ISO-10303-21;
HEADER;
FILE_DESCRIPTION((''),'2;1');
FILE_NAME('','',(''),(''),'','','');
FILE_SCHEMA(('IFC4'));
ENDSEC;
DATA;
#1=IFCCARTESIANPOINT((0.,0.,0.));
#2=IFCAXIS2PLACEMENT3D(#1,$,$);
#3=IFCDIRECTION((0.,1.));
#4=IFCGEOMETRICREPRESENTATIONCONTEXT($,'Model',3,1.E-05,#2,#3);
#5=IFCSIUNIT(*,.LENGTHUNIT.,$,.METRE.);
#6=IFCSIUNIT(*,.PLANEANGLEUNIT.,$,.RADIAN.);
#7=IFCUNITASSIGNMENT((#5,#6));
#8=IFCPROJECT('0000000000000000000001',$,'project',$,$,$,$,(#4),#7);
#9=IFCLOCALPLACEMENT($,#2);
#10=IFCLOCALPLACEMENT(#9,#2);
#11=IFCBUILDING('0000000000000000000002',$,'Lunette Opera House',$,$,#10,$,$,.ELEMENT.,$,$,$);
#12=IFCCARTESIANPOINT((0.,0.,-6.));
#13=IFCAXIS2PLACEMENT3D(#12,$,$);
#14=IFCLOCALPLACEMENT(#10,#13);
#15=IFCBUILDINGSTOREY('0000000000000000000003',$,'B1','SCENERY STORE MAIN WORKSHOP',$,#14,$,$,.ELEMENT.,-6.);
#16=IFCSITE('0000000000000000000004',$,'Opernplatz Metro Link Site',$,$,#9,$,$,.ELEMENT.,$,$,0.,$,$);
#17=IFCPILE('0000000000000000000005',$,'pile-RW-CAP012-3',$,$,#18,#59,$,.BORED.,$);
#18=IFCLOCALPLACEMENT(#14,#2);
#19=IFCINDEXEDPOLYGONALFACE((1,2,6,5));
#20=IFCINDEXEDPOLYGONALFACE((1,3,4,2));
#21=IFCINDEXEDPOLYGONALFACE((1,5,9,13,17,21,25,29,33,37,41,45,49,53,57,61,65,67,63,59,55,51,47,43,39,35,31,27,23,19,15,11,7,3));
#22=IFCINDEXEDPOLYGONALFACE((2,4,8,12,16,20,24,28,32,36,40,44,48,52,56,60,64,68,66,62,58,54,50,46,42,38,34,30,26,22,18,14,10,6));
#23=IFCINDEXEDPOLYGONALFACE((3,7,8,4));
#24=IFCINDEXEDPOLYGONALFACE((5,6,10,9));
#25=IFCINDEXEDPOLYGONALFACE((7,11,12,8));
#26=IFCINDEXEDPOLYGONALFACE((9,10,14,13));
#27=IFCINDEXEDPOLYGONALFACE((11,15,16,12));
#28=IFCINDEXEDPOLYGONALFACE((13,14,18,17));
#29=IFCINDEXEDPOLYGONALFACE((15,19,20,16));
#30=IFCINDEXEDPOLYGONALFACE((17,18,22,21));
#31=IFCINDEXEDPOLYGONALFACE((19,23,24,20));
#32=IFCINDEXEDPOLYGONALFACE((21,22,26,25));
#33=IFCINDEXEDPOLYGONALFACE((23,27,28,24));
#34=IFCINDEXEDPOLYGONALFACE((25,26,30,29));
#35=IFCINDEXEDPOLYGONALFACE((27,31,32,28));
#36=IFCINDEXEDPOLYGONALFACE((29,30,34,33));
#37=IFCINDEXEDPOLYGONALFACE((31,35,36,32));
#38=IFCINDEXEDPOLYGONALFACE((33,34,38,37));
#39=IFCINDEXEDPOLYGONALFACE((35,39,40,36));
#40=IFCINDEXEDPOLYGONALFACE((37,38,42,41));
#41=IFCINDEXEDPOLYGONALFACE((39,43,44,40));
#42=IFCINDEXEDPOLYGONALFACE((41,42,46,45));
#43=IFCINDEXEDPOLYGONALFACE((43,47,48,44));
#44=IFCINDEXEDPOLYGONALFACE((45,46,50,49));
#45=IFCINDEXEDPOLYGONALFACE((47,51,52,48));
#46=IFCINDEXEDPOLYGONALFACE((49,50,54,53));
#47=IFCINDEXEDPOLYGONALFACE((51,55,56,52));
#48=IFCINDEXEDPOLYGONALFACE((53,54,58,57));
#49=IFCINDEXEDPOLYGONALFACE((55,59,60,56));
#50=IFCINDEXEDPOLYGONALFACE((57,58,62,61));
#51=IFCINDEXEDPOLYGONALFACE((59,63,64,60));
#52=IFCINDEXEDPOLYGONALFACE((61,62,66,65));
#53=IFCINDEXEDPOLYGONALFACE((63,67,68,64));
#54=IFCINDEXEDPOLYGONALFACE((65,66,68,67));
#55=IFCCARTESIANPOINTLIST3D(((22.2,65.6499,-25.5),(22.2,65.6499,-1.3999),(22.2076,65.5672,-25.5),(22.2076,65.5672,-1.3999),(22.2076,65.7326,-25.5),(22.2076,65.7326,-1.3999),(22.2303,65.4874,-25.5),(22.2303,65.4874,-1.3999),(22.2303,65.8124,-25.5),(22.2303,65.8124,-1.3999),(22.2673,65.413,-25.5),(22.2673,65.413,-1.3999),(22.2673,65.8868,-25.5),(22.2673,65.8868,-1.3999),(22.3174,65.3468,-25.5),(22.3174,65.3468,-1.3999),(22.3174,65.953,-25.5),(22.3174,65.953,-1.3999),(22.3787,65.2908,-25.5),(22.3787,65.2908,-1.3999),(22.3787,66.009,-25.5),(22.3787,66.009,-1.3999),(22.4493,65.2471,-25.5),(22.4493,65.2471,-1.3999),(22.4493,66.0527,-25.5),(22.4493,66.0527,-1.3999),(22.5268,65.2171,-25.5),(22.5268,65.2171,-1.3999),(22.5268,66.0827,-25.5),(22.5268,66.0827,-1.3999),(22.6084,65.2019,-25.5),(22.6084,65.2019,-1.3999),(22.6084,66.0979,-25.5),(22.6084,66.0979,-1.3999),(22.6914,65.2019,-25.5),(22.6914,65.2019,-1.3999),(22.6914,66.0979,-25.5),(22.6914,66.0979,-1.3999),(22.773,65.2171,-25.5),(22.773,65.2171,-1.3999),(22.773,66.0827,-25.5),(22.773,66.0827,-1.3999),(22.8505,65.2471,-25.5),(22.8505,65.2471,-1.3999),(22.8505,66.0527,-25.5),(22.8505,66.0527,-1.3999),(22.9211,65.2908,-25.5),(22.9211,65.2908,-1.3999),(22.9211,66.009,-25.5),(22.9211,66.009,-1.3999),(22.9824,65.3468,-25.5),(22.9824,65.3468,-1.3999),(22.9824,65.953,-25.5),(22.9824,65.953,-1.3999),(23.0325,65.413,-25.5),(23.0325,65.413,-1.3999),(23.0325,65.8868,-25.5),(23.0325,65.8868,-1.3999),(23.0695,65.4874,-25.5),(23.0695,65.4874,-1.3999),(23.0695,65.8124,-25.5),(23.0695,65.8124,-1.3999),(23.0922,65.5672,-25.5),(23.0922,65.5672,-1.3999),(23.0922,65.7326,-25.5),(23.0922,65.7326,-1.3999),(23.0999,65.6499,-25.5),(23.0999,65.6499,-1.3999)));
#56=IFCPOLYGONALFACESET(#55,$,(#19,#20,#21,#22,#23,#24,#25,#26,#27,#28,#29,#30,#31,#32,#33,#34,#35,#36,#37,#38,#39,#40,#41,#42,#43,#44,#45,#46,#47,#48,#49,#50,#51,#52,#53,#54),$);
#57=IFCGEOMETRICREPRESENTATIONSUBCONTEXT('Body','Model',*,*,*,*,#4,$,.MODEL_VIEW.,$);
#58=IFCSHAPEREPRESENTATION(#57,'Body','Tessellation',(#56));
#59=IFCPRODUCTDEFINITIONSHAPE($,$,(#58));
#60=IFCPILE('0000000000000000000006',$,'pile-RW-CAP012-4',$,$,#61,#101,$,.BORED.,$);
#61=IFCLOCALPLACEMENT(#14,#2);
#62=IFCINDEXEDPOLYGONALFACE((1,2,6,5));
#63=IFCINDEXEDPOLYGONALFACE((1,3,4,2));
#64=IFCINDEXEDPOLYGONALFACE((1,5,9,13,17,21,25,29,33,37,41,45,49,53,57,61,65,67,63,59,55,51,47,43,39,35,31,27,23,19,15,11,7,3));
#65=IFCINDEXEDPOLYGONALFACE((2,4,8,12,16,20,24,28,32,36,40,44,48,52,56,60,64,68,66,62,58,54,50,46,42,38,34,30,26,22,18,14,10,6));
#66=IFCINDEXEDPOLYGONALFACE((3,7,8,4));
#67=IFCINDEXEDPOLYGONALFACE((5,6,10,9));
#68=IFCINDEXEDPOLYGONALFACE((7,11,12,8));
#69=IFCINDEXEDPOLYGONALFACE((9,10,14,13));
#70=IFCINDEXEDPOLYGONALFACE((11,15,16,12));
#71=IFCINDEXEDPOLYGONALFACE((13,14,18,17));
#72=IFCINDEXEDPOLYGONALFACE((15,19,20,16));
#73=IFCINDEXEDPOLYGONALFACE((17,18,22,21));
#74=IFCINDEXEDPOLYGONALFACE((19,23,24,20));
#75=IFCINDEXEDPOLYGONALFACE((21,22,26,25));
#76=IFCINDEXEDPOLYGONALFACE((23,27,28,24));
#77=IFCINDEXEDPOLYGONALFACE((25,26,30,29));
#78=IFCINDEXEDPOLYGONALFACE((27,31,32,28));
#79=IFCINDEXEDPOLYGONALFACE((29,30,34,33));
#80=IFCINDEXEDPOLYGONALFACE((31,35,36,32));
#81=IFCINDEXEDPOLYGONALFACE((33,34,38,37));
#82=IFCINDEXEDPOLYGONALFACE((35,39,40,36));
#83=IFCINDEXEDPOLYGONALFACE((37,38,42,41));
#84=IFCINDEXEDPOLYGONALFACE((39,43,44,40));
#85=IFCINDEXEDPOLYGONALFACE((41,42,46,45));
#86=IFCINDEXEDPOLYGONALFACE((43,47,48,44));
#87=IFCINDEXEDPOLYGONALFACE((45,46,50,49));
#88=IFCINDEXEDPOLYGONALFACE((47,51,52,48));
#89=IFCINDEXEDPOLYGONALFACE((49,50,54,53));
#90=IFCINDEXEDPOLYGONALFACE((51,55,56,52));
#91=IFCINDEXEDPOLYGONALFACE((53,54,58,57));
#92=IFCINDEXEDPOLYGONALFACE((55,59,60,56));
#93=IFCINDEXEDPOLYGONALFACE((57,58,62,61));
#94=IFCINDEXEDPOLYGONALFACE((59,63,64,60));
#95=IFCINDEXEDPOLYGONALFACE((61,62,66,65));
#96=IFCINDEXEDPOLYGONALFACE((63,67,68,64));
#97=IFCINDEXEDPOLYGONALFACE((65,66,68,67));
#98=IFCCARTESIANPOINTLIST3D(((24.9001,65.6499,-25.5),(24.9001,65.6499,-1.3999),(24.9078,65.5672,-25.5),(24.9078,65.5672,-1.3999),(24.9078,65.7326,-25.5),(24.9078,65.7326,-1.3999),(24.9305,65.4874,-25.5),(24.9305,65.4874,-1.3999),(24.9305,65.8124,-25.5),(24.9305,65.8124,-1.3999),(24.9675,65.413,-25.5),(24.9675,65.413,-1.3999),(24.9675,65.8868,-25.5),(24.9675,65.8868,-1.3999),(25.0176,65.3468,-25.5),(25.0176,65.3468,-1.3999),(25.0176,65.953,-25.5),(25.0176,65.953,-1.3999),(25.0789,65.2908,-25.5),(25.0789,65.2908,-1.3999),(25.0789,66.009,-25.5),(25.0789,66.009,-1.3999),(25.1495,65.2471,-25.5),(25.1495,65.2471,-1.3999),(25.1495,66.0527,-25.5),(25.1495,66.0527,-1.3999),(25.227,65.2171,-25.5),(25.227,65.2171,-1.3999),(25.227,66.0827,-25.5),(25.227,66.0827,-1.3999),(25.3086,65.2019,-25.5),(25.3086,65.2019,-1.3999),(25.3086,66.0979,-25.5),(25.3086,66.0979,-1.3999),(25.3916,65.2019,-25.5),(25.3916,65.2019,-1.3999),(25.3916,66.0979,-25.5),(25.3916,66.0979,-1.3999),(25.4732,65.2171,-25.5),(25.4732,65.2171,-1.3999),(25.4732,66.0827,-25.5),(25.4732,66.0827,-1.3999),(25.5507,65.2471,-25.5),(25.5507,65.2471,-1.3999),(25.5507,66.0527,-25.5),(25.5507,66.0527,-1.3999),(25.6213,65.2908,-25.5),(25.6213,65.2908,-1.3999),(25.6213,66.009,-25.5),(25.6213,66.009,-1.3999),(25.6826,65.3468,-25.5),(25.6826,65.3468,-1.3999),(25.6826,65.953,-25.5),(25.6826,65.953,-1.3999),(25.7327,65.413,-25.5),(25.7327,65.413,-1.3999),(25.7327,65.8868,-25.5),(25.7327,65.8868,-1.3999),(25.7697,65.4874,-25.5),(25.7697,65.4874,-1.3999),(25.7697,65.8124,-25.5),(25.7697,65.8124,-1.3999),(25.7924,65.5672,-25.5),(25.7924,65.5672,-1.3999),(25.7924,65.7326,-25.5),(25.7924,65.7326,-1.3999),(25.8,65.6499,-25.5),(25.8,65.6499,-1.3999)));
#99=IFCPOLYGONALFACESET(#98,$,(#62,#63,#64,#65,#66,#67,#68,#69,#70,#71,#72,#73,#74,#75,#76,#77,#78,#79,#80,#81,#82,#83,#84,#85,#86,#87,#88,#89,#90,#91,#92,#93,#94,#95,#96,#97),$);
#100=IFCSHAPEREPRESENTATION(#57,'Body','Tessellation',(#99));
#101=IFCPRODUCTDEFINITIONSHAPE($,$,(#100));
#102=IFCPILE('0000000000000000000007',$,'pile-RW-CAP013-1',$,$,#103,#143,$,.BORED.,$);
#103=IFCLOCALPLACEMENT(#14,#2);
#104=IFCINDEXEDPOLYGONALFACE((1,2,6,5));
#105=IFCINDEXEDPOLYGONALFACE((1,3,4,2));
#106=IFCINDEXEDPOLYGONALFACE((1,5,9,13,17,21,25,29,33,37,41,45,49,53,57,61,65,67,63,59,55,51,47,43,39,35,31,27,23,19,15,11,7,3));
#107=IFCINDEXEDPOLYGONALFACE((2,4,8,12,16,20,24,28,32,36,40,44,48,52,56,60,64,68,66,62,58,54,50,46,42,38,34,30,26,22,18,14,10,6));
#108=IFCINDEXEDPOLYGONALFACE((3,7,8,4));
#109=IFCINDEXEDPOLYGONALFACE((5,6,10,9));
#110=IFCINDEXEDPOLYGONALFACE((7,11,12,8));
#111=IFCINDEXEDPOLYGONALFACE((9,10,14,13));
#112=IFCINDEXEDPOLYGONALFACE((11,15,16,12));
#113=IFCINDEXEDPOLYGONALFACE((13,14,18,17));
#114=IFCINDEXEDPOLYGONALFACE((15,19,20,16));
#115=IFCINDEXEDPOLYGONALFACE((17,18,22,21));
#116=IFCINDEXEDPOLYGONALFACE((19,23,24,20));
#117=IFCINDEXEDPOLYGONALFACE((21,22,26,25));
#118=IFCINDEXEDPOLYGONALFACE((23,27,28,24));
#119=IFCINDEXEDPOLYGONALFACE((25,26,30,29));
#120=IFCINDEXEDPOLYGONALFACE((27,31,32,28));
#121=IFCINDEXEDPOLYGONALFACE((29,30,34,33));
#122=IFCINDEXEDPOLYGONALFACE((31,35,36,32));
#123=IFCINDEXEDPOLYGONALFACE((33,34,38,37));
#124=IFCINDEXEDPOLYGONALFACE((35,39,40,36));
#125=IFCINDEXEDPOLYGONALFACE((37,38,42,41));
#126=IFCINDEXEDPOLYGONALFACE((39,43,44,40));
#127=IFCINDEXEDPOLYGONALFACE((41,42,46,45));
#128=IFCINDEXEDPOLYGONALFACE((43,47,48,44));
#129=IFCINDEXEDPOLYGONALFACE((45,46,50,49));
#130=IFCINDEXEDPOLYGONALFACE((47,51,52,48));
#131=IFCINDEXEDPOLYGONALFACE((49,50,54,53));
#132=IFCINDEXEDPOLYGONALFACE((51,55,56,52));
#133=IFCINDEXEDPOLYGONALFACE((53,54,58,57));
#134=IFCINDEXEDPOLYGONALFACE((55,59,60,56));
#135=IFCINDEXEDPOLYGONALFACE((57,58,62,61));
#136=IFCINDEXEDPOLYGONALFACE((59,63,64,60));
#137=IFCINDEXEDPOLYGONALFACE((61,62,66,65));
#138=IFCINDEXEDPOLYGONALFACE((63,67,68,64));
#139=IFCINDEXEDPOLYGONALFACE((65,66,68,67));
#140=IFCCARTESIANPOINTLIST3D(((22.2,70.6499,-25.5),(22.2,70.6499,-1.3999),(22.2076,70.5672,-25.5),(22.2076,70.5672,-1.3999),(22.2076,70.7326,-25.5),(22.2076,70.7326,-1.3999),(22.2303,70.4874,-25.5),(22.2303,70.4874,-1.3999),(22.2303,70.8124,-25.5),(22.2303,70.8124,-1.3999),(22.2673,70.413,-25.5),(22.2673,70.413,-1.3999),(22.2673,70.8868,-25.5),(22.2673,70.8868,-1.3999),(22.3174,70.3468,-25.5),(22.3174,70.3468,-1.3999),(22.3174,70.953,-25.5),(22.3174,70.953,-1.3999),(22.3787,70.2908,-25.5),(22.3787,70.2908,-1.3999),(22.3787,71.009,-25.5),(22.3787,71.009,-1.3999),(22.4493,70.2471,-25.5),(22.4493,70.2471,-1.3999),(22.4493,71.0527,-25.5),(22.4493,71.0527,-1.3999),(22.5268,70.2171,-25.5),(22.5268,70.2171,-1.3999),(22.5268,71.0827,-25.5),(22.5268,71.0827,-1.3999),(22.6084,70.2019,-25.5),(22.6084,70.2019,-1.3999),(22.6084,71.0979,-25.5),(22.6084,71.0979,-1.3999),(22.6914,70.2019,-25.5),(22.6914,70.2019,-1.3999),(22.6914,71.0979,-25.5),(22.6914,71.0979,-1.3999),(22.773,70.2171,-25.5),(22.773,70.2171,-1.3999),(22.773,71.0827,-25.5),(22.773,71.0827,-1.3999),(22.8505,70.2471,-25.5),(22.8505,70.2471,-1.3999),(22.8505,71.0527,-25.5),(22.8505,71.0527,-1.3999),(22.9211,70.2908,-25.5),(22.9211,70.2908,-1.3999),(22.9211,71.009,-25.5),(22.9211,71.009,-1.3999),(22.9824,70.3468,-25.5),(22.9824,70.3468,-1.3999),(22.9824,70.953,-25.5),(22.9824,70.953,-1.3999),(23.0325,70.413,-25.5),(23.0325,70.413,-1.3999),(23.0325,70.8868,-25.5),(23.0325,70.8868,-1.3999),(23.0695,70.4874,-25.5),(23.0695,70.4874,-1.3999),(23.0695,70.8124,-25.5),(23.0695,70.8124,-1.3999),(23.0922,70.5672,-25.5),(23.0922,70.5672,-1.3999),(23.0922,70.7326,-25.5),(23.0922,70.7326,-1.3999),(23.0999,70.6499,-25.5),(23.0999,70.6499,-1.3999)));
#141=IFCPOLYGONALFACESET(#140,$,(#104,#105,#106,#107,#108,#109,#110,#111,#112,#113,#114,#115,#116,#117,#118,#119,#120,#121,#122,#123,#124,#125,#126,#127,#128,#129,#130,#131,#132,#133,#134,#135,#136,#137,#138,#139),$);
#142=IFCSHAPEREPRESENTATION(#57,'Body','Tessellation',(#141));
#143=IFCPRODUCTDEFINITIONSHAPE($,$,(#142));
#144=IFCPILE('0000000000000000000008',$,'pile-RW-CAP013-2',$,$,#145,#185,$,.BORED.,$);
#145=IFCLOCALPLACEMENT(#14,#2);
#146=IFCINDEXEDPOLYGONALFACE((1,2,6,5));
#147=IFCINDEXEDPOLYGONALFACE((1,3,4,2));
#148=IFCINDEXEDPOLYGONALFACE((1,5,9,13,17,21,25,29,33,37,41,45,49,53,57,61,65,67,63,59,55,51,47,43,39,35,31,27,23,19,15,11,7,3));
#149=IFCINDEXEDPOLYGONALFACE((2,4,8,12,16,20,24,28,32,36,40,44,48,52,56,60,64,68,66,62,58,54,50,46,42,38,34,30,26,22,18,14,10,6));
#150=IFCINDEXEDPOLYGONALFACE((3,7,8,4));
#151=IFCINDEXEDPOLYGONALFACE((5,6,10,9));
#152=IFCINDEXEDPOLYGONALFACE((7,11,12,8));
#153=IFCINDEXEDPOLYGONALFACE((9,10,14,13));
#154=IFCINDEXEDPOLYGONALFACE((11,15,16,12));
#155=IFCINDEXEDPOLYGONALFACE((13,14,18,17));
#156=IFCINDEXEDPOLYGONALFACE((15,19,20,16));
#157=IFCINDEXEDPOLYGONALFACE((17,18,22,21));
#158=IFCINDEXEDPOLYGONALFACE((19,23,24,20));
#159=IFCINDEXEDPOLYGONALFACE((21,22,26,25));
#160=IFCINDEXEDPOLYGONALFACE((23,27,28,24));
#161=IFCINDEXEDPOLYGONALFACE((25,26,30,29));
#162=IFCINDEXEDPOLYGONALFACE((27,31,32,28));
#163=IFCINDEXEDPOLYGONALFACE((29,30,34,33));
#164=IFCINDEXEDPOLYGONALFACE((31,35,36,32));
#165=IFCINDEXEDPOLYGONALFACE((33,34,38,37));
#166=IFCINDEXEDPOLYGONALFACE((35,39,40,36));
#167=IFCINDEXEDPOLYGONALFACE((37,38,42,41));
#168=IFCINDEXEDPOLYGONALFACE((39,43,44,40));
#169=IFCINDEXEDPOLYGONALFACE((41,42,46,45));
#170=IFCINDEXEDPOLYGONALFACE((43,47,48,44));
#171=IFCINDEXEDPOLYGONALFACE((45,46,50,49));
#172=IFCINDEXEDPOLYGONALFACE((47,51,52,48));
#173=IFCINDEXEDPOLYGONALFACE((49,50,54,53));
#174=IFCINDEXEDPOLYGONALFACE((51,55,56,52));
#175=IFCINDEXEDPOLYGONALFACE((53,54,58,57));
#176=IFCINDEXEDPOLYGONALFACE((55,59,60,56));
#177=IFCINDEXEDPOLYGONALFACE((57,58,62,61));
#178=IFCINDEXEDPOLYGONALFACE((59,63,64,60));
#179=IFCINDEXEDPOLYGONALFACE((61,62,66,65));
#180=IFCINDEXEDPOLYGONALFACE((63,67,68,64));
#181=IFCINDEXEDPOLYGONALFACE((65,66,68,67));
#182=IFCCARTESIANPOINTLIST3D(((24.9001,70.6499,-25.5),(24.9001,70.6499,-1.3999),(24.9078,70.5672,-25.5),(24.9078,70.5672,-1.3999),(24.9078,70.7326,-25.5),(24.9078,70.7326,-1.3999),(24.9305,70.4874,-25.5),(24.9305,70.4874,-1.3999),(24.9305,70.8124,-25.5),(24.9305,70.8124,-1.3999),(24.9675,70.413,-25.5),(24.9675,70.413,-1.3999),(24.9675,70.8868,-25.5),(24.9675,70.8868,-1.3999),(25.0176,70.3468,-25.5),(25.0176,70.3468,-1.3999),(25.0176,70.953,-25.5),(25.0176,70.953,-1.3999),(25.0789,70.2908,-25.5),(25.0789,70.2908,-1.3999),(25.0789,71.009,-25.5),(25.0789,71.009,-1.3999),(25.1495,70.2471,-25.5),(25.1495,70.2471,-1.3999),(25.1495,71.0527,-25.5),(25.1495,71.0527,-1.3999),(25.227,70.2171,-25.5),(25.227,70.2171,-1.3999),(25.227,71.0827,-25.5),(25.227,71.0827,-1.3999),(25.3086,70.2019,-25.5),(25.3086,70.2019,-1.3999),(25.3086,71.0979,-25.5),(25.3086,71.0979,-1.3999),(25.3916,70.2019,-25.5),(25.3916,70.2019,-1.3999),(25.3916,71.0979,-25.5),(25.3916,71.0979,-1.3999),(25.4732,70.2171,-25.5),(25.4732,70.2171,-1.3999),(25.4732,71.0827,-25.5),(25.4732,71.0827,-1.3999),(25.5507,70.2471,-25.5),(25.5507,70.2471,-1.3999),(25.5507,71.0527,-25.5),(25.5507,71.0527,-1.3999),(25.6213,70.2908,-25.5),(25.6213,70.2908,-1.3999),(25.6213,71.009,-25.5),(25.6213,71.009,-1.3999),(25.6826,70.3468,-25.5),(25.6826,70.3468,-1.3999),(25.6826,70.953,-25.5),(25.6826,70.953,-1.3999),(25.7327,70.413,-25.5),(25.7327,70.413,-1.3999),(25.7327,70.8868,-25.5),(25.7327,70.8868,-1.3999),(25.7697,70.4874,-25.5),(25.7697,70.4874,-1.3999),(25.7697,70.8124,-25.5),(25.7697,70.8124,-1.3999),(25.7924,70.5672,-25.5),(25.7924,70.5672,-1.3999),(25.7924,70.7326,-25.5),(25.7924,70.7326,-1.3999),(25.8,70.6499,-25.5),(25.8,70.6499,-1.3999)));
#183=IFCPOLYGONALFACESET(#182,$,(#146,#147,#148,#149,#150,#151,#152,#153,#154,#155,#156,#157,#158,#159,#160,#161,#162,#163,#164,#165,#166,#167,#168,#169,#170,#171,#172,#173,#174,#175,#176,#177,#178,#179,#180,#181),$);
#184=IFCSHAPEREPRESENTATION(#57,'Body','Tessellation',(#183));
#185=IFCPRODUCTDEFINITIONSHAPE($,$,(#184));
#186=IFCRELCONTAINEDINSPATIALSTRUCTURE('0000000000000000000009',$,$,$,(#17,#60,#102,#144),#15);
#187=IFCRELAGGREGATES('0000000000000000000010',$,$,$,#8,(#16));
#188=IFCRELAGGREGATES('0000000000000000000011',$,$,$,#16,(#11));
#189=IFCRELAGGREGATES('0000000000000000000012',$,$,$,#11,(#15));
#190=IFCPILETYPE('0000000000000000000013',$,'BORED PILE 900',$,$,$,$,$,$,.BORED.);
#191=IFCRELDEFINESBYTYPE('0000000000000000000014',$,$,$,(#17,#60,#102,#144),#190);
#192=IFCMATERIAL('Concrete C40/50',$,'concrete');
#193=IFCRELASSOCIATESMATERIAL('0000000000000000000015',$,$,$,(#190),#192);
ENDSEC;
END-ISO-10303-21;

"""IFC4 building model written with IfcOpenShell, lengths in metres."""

from ifc_helpers import new_model, si_unit, direction, frame, origin, origin_2d, place, context, subcontext, project, spatial, circle, extrude, material, material_profile, profile_set, type_object, element, save


model = new_model("IFC4")

# Units and contexts
model_context = context("Model", 3, precision=1e-05, world=origin(), true_north=direction((0.0, 1.0)))
body_context = subcontext(model_context, "Body", "Model", "MODEL_VIEW")
ifc_project = project(units=[si_unit("LENGTHUNIT", "METRE"), si_unit("PLANEANGLEUNIT", "RADIAN")], contexts=[model_context])

# Site, building, storey
site_placement = place(None, origin())
site = spatial("IfcSite", under=ifc_project, at=site_placement, Name="Opernplatz Metro Link Site", CompositionType="ELEMENT", RefElevation=0.0)
building_placement = place(site_placement, origin())
building = spatial("IfcBuilding", under=site, at=building_placement, Name="Lunette Opera House", CompositionType="ELEMENT")
storey_placement = place(building_placement, frame((0.0, 0.0, -6.0)))
storey = spatial("IfcBuildingStorey", under=building, at=storey_placement, Name="B1", Description="SCENERY STORE MAIN WORKSHOP", CompositionType="ELEMENT", Elevation=-6.0)

# Piles
ifc_material_1 = material(Name="Concrete C40/50", Category="concrete")
ifc_material_profile_1 = material_profile(ifc_material_1, circle(Radius=0.45, at=origin_2d()), Name="BORED PILE 900")
ifc_profile_set_1 = profile_set([ifc_material_profile_1], Name="Concrete C40/50")
pile_type = type_object("IfcPileType", Name="BORED PILE 900", PredefinedType="BORED", material=ifc_profile_set_1)
for number, where, z_axis, x_axis, name in (
    (1, (22.6499, 65.6499, -1.3999), (0.0, 0.0, -1.0), (1.0, 0.0, 0.0), "pile-RW-CAP012-3"),
    (2, (25.3501, 65.6499, -1.3999), (0.0, 0.0, -1.0), (1.0, 0.0, 0.0), "pile-RW-CAP012-4"),
    (3, (22.6499, 70.6499, -1.3999), (0.0, 0.0, -1.0), (1.0, 0.0, 0.0), "pile-RW-CAP013-1"),
    (4, (25.3501, 70.6499, -1.3999), (0.0, 0.0, -1.0), (1.0, 0.0, 0.0), "pile-RW-CAP013-2"),
):
    element("IfcPile", number, at=place(storey_placement, frame(where, z_axis=z_axis, x_axis=x_axis)), inside=storey, type_object=pile_type, Name=name, PredefinedType="BORED", context=body_context, shape_type="SweptSolid", body=[
        extrude(circle(Radius=0.45, at=origin_2d()), origin(), (0.0, 0.0, 1.0), 24.1001),
    ])

save(model, "model.ifc")
